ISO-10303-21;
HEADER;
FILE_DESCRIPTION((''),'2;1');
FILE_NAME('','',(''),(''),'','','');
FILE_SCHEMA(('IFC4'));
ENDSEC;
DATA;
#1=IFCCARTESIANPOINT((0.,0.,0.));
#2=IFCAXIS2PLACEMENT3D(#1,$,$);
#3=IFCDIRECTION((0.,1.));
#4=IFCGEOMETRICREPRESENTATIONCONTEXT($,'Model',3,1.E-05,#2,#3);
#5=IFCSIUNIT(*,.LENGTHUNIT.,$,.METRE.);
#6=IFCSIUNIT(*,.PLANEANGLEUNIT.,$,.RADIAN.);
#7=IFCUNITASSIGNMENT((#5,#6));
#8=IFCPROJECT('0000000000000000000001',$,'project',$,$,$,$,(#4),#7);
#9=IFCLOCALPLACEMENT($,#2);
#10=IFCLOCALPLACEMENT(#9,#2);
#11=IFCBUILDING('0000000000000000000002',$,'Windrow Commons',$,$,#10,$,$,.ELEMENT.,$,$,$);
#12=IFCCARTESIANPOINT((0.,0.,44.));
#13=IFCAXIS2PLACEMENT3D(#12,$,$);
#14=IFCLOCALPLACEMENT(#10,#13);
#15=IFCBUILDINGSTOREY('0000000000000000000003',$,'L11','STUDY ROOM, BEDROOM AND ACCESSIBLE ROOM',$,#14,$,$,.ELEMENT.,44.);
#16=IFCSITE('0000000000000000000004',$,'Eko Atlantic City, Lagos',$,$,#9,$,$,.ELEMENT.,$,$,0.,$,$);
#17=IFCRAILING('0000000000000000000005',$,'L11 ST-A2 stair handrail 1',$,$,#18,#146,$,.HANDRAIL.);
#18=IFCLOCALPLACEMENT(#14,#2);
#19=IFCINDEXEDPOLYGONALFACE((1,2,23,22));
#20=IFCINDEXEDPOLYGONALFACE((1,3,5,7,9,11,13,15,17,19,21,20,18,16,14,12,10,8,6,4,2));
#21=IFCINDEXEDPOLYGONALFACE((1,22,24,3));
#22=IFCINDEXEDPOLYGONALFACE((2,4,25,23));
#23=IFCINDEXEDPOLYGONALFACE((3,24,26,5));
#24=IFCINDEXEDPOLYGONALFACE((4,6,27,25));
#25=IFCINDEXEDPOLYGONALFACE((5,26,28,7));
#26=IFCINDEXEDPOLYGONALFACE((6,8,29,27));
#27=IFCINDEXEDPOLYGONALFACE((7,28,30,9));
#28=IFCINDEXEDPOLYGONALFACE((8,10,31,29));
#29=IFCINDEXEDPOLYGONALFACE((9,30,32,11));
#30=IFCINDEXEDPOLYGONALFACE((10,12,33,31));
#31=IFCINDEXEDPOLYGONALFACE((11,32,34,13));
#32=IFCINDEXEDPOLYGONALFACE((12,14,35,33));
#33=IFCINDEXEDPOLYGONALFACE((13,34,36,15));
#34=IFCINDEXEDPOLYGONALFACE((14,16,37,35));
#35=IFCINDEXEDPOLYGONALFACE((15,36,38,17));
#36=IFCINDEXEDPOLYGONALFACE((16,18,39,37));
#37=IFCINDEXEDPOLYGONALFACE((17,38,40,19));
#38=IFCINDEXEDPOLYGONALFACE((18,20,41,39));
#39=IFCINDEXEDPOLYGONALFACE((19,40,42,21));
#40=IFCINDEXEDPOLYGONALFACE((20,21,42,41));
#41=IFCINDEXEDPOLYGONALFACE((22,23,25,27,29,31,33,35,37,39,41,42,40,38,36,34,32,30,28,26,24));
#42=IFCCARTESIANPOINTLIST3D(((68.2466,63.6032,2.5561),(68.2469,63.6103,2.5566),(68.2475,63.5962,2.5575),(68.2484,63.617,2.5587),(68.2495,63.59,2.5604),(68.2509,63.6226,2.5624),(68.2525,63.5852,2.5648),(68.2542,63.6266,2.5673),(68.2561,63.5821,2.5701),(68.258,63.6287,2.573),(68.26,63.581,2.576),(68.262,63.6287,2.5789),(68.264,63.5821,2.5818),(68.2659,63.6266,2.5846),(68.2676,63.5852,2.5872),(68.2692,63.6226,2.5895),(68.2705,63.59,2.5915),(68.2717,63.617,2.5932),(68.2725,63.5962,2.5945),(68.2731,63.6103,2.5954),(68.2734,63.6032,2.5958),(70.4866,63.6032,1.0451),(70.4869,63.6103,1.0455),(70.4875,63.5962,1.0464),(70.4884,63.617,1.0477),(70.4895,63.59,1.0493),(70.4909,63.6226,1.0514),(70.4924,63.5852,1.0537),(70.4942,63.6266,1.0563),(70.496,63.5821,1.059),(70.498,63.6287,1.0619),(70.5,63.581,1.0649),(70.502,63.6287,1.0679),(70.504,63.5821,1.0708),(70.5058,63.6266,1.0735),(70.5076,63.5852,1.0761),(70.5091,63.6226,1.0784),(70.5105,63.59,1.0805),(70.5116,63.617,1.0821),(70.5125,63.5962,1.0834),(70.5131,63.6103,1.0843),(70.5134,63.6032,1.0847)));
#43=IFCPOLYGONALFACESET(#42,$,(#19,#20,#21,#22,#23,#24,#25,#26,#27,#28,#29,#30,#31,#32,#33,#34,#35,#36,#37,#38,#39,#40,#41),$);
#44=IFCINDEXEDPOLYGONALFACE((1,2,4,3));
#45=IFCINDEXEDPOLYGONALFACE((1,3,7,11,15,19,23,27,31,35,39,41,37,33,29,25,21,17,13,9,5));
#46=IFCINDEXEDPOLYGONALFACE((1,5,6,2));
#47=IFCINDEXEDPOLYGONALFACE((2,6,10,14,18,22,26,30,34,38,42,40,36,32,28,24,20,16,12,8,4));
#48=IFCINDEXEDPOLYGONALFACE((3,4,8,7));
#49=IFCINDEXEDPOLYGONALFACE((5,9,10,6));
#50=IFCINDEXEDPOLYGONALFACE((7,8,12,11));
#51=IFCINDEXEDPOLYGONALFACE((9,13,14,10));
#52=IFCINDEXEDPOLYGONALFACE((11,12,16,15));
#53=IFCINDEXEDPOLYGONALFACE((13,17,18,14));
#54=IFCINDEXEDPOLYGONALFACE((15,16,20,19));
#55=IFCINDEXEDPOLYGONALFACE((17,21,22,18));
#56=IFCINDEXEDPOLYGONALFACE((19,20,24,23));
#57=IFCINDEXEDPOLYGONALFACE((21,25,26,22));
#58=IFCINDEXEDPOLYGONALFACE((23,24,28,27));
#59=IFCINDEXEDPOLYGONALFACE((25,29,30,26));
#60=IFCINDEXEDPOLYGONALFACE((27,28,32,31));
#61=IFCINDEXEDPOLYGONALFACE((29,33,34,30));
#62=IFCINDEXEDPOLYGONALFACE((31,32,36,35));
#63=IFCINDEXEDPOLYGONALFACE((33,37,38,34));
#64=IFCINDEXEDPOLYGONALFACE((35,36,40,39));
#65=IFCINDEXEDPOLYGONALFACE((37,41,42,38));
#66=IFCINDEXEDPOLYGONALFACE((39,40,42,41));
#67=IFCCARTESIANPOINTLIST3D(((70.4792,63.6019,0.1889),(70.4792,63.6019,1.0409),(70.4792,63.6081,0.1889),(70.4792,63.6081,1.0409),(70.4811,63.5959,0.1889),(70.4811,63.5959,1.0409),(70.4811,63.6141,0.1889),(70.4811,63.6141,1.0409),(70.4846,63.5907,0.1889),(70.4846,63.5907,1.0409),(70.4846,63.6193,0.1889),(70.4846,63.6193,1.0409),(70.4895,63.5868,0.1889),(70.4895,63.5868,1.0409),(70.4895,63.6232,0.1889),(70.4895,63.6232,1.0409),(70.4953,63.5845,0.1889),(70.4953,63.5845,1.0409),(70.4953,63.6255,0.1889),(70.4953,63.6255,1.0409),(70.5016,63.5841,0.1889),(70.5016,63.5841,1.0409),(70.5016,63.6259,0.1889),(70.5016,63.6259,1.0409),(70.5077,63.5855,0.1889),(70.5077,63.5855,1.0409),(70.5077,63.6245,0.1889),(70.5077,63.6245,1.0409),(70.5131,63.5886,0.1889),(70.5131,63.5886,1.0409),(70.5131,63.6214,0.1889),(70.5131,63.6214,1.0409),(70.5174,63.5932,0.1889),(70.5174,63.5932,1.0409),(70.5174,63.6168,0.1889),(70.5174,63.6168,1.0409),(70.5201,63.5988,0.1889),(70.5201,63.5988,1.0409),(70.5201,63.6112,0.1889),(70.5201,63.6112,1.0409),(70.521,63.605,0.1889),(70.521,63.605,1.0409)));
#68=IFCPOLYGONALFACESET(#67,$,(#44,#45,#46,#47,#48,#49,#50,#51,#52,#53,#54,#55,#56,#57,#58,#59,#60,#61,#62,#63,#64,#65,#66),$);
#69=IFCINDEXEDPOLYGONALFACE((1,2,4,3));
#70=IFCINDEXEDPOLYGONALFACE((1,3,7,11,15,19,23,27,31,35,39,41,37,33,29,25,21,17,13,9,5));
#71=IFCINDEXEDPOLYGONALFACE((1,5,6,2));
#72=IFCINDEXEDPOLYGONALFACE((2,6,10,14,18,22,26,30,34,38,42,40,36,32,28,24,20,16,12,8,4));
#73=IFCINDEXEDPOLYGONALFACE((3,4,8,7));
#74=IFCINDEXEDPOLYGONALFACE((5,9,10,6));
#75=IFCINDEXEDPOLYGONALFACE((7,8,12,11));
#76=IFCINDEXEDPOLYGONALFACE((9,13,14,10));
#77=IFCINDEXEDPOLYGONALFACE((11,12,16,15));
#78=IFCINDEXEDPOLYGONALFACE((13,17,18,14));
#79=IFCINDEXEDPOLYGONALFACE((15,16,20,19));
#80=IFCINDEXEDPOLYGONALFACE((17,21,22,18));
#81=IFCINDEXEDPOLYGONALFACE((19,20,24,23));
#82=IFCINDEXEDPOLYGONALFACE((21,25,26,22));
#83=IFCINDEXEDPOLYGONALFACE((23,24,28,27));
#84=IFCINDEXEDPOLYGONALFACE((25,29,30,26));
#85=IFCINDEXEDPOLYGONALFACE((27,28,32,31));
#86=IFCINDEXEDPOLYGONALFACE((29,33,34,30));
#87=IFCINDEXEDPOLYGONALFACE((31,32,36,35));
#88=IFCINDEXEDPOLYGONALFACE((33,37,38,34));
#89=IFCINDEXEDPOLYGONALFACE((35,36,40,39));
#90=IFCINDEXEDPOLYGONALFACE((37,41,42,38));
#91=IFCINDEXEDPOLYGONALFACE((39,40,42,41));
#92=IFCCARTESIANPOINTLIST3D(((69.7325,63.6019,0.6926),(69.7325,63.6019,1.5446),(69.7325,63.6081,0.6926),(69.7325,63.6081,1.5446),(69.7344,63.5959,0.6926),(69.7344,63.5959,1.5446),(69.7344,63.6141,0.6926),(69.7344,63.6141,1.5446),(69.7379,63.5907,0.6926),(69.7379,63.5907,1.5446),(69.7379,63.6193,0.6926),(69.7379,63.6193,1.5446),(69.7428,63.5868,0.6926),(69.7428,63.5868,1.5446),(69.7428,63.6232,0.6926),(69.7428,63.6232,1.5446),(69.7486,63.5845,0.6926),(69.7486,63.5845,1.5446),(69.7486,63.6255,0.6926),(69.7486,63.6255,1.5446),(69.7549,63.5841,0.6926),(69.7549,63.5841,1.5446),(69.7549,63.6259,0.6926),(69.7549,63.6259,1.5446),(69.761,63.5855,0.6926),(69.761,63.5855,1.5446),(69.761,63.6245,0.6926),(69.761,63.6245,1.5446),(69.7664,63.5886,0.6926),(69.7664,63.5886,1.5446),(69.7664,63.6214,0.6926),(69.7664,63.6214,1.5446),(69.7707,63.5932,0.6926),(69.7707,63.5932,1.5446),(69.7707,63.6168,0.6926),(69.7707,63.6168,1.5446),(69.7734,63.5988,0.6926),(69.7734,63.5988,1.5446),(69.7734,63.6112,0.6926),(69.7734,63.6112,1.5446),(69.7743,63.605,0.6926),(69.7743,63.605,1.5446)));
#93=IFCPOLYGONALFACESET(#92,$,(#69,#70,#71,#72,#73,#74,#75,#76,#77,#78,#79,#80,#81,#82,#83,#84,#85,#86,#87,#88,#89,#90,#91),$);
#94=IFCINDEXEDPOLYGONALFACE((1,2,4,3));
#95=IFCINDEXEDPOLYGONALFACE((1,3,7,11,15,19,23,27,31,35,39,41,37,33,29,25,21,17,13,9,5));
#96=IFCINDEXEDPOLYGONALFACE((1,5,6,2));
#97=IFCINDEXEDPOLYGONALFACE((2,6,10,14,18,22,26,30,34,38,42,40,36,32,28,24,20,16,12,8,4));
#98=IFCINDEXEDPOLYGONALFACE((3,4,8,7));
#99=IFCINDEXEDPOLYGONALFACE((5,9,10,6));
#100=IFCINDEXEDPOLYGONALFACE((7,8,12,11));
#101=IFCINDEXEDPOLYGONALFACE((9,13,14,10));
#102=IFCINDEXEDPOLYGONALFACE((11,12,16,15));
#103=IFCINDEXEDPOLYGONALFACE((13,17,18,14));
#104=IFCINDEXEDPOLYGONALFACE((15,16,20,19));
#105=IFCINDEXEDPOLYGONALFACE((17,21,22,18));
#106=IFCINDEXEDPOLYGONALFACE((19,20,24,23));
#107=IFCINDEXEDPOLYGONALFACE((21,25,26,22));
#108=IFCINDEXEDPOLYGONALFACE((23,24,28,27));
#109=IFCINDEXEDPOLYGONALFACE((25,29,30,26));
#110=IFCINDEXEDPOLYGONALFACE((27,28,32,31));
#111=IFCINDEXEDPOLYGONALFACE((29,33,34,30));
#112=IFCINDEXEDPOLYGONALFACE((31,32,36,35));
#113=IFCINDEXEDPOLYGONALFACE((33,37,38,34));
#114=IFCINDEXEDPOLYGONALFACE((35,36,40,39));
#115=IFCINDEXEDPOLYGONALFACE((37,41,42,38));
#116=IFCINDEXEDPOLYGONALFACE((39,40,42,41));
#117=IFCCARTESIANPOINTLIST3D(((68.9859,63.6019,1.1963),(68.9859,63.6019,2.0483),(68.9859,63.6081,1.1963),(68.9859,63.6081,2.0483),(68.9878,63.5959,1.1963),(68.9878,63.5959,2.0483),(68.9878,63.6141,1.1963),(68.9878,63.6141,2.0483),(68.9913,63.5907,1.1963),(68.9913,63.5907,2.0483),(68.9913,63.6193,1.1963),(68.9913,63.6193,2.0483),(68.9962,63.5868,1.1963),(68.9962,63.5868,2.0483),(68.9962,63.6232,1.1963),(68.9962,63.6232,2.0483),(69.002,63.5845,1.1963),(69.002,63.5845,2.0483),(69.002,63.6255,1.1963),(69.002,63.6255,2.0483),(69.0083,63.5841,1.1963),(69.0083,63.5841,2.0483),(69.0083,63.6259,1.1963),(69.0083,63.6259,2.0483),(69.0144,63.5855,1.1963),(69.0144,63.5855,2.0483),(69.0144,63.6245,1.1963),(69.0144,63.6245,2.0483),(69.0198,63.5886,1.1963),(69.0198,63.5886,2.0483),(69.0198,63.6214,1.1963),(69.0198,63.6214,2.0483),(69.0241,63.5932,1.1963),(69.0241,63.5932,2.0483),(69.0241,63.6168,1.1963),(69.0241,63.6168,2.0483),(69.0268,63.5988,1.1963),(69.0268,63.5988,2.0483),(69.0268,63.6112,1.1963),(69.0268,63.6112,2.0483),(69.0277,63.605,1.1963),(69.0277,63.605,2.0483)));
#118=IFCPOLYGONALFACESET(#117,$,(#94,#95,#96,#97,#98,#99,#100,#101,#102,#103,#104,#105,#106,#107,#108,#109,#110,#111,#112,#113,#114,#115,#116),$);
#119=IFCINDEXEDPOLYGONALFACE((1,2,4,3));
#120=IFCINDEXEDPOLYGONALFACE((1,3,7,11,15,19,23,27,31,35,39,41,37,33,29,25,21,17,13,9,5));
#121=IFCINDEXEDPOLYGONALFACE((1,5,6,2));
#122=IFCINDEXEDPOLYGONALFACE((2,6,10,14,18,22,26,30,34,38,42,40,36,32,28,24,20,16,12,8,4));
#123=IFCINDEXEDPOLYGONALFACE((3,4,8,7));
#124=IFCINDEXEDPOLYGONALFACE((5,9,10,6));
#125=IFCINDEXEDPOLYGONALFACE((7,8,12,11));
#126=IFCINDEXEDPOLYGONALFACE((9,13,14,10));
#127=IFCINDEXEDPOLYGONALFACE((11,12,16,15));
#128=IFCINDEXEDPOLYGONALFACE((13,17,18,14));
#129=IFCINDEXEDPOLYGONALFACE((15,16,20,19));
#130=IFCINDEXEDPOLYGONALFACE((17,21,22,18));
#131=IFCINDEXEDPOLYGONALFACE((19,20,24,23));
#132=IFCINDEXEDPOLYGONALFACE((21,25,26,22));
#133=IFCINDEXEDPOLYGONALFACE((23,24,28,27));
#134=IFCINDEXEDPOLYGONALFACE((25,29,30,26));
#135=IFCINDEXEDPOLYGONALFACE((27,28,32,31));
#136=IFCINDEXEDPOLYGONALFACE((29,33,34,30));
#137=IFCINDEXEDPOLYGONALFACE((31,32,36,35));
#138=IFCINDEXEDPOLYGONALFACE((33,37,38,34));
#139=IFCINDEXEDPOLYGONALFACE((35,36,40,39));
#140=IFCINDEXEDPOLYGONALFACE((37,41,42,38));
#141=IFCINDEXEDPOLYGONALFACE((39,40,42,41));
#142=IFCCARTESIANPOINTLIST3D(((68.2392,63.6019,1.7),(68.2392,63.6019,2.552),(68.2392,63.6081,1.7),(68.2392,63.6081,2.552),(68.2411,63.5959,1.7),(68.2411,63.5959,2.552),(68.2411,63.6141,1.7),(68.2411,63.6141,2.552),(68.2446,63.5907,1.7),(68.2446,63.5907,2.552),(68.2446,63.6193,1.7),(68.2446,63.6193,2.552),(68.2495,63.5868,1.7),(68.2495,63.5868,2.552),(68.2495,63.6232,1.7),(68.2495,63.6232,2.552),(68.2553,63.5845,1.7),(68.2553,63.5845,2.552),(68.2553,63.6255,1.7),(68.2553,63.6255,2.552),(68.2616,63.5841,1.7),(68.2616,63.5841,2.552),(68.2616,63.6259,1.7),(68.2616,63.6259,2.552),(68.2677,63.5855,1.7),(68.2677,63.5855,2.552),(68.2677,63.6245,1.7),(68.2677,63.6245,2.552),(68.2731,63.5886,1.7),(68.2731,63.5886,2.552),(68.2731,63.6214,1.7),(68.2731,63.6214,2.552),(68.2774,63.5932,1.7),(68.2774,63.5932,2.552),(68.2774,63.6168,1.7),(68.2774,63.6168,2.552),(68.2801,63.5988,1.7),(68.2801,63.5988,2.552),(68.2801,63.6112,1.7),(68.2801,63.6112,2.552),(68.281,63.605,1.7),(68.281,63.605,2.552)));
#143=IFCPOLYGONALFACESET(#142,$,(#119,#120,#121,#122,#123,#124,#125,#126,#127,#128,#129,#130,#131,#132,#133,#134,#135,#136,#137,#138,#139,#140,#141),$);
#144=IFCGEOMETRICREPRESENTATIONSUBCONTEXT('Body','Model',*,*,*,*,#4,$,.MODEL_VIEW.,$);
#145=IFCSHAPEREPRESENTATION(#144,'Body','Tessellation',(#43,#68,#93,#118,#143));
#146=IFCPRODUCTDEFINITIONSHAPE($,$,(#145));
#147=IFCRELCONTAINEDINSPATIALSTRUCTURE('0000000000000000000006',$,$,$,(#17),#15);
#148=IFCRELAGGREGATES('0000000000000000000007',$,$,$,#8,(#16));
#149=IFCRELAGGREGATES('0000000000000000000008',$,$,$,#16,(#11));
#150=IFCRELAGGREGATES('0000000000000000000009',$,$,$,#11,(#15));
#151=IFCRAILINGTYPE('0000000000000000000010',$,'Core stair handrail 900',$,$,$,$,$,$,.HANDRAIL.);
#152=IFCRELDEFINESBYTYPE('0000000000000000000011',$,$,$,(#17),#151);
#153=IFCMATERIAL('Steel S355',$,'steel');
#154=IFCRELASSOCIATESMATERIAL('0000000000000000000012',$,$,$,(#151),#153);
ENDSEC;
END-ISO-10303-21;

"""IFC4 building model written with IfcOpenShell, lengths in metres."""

from ifc_helpers import new_model, si_unit, direction, frame, origin, origin_2d, place, context, subcontext, project, spatial, circle, extrude, material, type_object, element, save


model = new_model("IFC4")

# Units and contexts
model_context = context("Model", 3, precision=1e-05, world=origin(), true_north=direction((0.0, 1.0)))
body_context = subcontext(model_context, "Body", "Model", "MODEL_VIEW")
ifc_project = project(units=[si_unit("LENGTHUNIT", "METRE"), si_unit("PLANEANGLEUNIT", "RADIAN")], contexts=[model_context])

# Site, building, storey
site_placement = place(None, origin())
site = spatial("IfcSite", under=ifc_project, at=site_placement, Name="Eko Atlantic City, Lagos", CompositionType="ELEMENT", RefElevation=0.0)
building_placement = place(site_placement, origin())
building = spatial("IfcBuilding", under=site, at=building_placement, Name="Windrow Commons", CompositionType="ELEMENT")
storey_placement = place(building_placement, frame((0.0, 0.0, 44.0)))
storey = spatial("IfcBuildingStorey", under=building, at=storey_placement, Name="L11", Description="STUDY ROOM, BEDROOM AND ACCESSIBLE ROOM", CompositionType="ELEMENT", Elevation=44.0)

# Railing
ifc_material_1 = material(Name="Steel S355", Category="steel")
railing_type_1 = type_object("IfcRailingType", Name="Core stair handrail 900", PredefinedType="HANDRAIL", material=ifc_material_1)
for number, where, name in (
    (1, (70.5, 63.605, 0.1889), "L11 ST-A2 stair handrail 1"),
):
    element("IfcRailing", number, at=place(storey_placement, frame(where)), inside=storey, type_object=railing_type_1, Name=name, PredefinedType="HANDRAIL", context=body_context, shape_type="SweptSolid", body=[
        extrude(circle(Radius=0.024, at=origin_2d()), frame((0.0, 0.0, 0.876), z_axis=(-0.829003, 0.0, 0.559244), x_axis=(0.0, -1.0, 0.0)), (0.0, 0.0, 1.0), 2.702),
        extrude(circle(Radius=0.021, at=origin_2d()), origin(), (0.0, 0.0, 1.0), 0.852),
        extrude(circle(Radius=0.021, at=origin_2d()), frame((-0.7467, 0.0, 0.5037)), (0.0, 0.0, 1.0), 0.852),
        extrude(circle(Radius=0.021, at=origin_2d()), frame((-1.4933, 0.0, 1.0074)), (0.0, 0.0, 1.0), 0.852),
        extrude(circle(Radius=0.021, at=origin_2d()), frame((-2.24, 0.0, 1.5111)), (0.0, 0.0, 1.0), 0.852),
    ])

save(model, "model.ifc")
